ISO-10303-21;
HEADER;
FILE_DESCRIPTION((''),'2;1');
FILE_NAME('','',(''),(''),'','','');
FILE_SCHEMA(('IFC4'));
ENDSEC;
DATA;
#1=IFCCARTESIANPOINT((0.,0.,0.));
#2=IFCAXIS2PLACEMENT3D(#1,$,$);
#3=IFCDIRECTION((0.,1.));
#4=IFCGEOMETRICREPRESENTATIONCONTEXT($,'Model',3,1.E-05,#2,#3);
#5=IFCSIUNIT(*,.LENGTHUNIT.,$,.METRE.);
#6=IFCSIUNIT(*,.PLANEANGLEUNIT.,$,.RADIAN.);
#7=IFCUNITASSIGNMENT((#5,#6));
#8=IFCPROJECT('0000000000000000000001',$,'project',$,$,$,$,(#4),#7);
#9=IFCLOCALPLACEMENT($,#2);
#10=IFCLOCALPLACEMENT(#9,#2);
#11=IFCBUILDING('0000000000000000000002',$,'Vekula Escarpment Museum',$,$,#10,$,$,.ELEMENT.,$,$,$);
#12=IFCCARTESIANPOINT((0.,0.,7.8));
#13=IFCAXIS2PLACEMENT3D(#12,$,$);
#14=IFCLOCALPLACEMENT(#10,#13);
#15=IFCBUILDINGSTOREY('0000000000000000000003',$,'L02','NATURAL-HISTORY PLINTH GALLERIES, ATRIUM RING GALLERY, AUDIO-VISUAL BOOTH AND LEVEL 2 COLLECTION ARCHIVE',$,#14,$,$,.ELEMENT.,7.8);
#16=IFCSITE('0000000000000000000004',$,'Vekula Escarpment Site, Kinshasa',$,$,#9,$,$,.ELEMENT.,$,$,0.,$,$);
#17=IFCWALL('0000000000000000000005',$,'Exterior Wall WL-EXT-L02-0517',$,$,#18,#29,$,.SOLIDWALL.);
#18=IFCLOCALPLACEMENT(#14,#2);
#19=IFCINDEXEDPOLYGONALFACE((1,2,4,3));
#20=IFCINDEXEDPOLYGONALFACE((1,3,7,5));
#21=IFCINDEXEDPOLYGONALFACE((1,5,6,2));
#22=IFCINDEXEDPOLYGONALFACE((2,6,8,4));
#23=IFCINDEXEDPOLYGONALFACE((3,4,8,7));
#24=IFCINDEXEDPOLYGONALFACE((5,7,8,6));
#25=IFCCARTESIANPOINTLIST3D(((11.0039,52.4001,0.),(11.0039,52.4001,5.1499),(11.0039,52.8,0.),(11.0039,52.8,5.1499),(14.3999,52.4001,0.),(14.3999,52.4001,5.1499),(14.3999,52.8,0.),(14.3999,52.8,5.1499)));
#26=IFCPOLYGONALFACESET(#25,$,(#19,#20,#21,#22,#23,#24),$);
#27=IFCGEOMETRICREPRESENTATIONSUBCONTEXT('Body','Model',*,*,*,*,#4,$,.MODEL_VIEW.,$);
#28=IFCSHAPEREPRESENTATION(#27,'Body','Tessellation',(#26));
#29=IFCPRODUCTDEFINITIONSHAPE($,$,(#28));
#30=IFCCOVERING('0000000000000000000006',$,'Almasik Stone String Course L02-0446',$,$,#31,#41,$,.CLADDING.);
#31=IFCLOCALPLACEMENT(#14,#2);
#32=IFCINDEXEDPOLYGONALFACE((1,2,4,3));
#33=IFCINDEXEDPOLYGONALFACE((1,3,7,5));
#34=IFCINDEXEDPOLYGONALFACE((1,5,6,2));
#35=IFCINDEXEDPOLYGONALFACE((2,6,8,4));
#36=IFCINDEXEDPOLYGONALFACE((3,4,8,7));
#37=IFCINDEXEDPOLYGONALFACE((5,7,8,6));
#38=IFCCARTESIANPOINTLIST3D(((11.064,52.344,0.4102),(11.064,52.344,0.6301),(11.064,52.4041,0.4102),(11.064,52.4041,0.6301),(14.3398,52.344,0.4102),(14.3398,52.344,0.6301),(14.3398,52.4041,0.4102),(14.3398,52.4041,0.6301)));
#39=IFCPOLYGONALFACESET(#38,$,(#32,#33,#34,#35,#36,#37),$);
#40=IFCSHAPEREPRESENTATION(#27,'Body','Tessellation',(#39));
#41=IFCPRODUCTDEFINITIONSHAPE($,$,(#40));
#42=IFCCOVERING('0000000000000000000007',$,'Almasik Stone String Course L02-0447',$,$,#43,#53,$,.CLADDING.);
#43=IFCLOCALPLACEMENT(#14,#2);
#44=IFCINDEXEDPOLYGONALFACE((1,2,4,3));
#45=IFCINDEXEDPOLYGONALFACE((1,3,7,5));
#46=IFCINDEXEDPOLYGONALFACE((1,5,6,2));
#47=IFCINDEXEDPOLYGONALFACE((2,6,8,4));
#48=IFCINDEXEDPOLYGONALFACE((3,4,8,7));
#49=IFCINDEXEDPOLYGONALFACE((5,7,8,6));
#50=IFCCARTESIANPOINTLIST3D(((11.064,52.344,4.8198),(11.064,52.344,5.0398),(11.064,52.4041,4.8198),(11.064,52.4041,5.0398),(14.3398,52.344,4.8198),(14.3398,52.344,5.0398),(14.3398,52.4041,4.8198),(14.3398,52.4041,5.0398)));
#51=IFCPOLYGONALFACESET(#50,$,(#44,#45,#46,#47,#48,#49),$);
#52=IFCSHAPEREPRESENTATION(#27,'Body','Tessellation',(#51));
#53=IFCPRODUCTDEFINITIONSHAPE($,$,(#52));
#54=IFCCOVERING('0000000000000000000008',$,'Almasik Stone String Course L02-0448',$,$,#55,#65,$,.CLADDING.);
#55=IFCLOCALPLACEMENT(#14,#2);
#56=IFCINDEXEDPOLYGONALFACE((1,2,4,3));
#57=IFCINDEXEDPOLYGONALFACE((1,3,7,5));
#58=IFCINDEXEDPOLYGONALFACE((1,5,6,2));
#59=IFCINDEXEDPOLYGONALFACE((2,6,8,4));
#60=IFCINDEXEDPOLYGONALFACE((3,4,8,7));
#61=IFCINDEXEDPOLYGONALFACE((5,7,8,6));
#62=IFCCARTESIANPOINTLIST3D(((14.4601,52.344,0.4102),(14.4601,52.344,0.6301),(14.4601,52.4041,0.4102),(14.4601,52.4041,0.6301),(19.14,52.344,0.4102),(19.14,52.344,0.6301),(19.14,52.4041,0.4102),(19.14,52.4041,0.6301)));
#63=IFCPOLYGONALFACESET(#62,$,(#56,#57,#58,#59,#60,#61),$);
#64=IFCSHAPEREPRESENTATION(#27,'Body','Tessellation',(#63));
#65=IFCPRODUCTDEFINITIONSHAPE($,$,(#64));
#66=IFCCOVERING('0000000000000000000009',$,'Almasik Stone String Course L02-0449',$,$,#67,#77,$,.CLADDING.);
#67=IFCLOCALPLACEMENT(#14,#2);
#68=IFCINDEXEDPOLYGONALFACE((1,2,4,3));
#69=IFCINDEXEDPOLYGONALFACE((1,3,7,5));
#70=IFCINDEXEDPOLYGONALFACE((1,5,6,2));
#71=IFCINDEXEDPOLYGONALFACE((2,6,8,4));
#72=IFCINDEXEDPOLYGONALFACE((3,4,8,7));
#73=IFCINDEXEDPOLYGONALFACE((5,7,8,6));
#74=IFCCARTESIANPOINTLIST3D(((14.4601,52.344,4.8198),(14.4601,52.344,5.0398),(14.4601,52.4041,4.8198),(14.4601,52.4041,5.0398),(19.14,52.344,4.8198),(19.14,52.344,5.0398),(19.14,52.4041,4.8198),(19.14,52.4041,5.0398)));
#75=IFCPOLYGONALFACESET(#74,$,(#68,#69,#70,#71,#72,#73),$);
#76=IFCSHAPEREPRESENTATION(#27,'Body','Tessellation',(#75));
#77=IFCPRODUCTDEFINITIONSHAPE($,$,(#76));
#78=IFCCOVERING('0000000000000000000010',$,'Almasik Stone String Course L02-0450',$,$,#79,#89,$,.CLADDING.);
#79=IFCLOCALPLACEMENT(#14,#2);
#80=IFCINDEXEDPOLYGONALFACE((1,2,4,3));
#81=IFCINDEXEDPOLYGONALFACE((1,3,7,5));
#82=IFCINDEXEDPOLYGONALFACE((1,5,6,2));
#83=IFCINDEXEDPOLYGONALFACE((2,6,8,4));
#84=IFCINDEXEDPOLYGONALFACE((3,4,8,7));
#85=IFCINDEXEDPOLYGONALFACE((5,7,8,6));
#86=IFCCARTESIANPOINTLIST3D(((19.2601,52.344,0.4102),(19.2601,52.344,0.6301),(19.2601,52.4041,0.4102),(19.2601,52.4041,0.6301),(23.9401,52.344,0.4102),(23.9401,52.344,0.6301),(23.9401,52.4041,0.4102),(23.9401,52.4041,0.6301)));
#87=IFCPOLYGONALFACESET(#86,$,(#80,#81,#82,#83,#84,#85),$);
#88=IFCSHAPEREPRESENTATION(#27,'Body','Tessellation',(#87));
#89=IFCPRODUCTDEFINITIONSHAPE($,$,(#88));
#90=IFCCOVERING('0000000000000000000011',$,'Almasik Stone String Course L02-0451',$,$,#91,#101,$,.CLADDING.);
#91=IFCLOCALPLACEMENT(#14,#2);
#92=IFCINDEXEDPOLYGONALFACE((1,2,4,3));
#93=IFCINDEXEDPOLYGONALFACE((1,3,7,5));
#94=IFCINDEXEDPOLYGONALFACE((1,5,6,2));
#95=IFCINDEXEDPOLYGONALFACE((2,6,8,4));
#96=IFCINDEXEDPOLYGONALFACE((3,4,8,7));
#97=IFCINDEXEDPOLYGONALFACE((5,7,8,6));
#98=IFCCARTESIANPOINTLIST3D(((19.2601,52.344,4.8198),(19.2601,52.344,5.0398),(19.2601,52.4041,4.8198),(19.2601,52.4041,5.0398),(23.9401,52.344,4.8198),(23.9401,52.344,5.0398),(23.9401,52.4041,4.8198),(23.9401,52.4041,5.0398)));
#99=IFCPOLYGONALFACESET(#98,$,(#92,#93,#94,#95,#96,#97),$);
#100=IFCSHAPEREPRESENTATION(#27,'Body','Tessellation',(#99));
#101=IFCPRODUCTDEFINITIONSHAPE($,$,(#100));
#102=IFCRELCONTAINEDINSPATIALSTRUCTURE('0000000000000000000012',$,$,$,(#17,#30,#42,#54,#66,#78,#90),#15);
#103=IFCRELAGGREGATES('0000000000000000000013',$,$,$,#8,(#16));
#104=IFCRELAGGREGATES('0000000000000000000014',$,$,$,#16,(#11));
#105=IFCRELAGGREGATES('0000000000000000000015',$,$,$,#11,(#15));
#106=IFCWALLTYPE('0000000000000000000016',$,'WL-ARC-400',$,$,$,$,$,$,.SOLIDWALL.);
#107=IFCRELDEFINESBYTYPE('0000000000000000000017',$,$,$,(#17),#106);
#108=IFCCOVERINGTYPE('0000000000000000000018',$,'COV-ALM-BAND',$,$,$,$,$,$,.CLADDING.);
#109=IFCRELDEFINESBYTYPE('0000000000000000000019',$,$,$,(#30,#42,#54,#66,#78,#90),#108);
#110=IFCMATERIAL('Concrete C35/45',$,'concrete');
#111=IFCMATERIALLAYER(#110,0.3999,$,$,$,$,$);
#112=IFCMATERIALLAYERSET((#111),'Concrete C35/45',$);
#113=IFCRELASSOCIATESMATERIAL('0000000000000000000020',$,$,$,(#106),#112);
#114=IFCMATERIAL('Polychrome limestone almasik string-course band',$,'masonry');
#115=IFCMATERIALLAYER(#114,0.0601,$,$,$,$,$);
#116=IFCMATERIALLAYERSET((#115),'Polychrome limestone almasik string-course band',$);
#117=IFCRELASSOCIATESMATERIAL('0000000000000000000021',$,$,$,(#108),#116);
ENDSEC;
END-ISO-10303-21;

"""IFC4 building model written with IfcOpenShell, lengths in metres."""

from ifc_helpers import new_model, si_unit, direction, frame, frame_2d, origin, origin_2d, place, context, subcontext, project, spatial, rectangle, extrude, material, layer, layer_set, type_object, element, save


model = new_model("IFC4")

# Units and contexts
model_context = context("Model", 3, precision=1e-05, world=origin(), true_north=direction((0.0, 1.0)))
body_context = subcontext(model_context, "Body", "Model", "MODEL_VIEW")
ifc_project = project(units=[si_unit("LENGTHUNIT", "METRE"), si_unit("PLANEANGLEUNIT", "RADIAN")], contexts=[model_context])

# Site, building, storey
site_placement = place(None, origin())
site = spatial("IfcSite", under=ifc_project, at=site_placement, Name="Vekula Escarpment Site, Kinshasa", CompositionType="ELEMENT", RefElevation=0.0)
building_placement = place(site_placement, origin())
building = spatial("IfcBuilding", under=site, at=building_placement, Name="Vekula Escarpment Museum", CompositionType="ELEMENT")
storey_placement = place(building_placement, frame((0.0, 0.0, 7.8)))
storey = spatial("IfcBuildingStorey", under=building, at=storey_placement, Name="L02", Description="NATURAL-HISTORY PLINTH GALLERIES, ATRIUM RING GALLERY, AUDIO-VISUAL BOOTH AND LEVEL 2 COLLECTION ARCHIVE", CompositionType="ELEMENT", Elevation=7.8)

# Wall
ifc_material_1 = material(Name="Concrete C35/45", Category="concrete")
ifc_layer_1 = layer(ifc_material_1, 0.3999)
ifc_layer_set_1 = layer_set([ifc_layer_1], Name="Concrete C35/45")
wall_type = type_object("IfcWallType", Name="WL-ARC-400", PredefinedType="SOLIDWALL", material=ifc_layer_set_1)
wall_1_placement = place(storey_placement, frame((14.3999, 52.6001, 0.0), z_axis=(0.0, 0.0, 1.0), x_axis=(-1.0, 0.0, 0.0)))
element("IfcWall", 1, at=wall_1_placement, inside=storey, type_object=wall_type, Name="Exterior Wall WL-EXT-L02-0517", PredefinedType="SOLIDWALL", context=body_context, shape_type="SweptSolid", body=[
    extrude(rectangle(XDim=3.396, YDim=0.3999, at=frame_2d((1.698, 0.0))), origin(), (0.0, 0.0, 1.0), 5.1499),
])

# Coverings
ifc_material_2 = material(Name="Polychrome limestone almasik string-course band", Category="masonry")
ifc_layer_2 = layer(ifc_material_2, 0.0601)
ifc_layer_set_2 = layer_set([ifc_layer_2], Name="Polychrome limestone almasik string-course band")
covering_type = type_object("IfcCoveringType", Name="COV-ALM-BAND", PredefinedType="CLADDING", material=ifc_layer_set_2)
for number, where, z_axis, x_axis, name in (
    (2, (12.7019, 52.374, 0.4102), (0.0, 0.0, 1.0), (1.0, 0.0, 0.0), "Almasik Stone String Course L02-0446"),
    (3, (12.7019, 52.374, 4.8198), (0.0, 0.0, 1.0), (1.0, 0.0, 0.0), "Almasik Stone String Course L02-0447"),
):
    element("IfcCovering", number, at=place(storey_placement, frame(where, z_axis=z_axis, x_axis=x_axis)), inside=storey, type_object=covering_type, Name=name, PredefinedType="CLADDING", context=body_context, shape_type="SweptSolid", body=[
        extrude(rectangle(XDim=3.2759, YDim=0.0601, at=origin_2d()), origin(), (0.0, 0.0, 1.0), 0.22),
    ])
for number, where, z_axis, x_axis, name in (
    (4, (16.8, 52.374, 0.4102), (0.0, 0.0, 1.0), (1.0, 0.0, 0.0), "Almasik Stone String Course L02-0448"),
    (5, (16.8, 52.374, 4.8198), (0.0, 0.0, 1.0), (1.0, 0.0, 0.0), "Almasik Stone String Course L02-0449"),
    (6, (21.6001, 52.374, 0.4102), (0.0, 0.0, 1.0), (1.0, 0.0, 0.0), "Almasik Stone String Course L02-0450"),
    (7, (21.6001, 52.374, 4.8198), (0.0, 0.0, 1.0), (1.0, 0.0, 0.0), "Almasik Stone String Course L02-0451"),
):
    element("IfcCovering", number, at=place(storey_placement, frame(where, z_axis=z_axis, x_axis=x_axis)), inside=storey, type_object=covering_type, Name=name, PredefinedType="CLADDING", context=body_context, shape_type="SweptSolid", body=[
        extrude(rectangle(XDim=4.6799, YDim=0.0601, at=origin_2d()), origin(), (0.0, 0.0, 1.0), 0.22),
    ])

save(model, "model.ifc")
